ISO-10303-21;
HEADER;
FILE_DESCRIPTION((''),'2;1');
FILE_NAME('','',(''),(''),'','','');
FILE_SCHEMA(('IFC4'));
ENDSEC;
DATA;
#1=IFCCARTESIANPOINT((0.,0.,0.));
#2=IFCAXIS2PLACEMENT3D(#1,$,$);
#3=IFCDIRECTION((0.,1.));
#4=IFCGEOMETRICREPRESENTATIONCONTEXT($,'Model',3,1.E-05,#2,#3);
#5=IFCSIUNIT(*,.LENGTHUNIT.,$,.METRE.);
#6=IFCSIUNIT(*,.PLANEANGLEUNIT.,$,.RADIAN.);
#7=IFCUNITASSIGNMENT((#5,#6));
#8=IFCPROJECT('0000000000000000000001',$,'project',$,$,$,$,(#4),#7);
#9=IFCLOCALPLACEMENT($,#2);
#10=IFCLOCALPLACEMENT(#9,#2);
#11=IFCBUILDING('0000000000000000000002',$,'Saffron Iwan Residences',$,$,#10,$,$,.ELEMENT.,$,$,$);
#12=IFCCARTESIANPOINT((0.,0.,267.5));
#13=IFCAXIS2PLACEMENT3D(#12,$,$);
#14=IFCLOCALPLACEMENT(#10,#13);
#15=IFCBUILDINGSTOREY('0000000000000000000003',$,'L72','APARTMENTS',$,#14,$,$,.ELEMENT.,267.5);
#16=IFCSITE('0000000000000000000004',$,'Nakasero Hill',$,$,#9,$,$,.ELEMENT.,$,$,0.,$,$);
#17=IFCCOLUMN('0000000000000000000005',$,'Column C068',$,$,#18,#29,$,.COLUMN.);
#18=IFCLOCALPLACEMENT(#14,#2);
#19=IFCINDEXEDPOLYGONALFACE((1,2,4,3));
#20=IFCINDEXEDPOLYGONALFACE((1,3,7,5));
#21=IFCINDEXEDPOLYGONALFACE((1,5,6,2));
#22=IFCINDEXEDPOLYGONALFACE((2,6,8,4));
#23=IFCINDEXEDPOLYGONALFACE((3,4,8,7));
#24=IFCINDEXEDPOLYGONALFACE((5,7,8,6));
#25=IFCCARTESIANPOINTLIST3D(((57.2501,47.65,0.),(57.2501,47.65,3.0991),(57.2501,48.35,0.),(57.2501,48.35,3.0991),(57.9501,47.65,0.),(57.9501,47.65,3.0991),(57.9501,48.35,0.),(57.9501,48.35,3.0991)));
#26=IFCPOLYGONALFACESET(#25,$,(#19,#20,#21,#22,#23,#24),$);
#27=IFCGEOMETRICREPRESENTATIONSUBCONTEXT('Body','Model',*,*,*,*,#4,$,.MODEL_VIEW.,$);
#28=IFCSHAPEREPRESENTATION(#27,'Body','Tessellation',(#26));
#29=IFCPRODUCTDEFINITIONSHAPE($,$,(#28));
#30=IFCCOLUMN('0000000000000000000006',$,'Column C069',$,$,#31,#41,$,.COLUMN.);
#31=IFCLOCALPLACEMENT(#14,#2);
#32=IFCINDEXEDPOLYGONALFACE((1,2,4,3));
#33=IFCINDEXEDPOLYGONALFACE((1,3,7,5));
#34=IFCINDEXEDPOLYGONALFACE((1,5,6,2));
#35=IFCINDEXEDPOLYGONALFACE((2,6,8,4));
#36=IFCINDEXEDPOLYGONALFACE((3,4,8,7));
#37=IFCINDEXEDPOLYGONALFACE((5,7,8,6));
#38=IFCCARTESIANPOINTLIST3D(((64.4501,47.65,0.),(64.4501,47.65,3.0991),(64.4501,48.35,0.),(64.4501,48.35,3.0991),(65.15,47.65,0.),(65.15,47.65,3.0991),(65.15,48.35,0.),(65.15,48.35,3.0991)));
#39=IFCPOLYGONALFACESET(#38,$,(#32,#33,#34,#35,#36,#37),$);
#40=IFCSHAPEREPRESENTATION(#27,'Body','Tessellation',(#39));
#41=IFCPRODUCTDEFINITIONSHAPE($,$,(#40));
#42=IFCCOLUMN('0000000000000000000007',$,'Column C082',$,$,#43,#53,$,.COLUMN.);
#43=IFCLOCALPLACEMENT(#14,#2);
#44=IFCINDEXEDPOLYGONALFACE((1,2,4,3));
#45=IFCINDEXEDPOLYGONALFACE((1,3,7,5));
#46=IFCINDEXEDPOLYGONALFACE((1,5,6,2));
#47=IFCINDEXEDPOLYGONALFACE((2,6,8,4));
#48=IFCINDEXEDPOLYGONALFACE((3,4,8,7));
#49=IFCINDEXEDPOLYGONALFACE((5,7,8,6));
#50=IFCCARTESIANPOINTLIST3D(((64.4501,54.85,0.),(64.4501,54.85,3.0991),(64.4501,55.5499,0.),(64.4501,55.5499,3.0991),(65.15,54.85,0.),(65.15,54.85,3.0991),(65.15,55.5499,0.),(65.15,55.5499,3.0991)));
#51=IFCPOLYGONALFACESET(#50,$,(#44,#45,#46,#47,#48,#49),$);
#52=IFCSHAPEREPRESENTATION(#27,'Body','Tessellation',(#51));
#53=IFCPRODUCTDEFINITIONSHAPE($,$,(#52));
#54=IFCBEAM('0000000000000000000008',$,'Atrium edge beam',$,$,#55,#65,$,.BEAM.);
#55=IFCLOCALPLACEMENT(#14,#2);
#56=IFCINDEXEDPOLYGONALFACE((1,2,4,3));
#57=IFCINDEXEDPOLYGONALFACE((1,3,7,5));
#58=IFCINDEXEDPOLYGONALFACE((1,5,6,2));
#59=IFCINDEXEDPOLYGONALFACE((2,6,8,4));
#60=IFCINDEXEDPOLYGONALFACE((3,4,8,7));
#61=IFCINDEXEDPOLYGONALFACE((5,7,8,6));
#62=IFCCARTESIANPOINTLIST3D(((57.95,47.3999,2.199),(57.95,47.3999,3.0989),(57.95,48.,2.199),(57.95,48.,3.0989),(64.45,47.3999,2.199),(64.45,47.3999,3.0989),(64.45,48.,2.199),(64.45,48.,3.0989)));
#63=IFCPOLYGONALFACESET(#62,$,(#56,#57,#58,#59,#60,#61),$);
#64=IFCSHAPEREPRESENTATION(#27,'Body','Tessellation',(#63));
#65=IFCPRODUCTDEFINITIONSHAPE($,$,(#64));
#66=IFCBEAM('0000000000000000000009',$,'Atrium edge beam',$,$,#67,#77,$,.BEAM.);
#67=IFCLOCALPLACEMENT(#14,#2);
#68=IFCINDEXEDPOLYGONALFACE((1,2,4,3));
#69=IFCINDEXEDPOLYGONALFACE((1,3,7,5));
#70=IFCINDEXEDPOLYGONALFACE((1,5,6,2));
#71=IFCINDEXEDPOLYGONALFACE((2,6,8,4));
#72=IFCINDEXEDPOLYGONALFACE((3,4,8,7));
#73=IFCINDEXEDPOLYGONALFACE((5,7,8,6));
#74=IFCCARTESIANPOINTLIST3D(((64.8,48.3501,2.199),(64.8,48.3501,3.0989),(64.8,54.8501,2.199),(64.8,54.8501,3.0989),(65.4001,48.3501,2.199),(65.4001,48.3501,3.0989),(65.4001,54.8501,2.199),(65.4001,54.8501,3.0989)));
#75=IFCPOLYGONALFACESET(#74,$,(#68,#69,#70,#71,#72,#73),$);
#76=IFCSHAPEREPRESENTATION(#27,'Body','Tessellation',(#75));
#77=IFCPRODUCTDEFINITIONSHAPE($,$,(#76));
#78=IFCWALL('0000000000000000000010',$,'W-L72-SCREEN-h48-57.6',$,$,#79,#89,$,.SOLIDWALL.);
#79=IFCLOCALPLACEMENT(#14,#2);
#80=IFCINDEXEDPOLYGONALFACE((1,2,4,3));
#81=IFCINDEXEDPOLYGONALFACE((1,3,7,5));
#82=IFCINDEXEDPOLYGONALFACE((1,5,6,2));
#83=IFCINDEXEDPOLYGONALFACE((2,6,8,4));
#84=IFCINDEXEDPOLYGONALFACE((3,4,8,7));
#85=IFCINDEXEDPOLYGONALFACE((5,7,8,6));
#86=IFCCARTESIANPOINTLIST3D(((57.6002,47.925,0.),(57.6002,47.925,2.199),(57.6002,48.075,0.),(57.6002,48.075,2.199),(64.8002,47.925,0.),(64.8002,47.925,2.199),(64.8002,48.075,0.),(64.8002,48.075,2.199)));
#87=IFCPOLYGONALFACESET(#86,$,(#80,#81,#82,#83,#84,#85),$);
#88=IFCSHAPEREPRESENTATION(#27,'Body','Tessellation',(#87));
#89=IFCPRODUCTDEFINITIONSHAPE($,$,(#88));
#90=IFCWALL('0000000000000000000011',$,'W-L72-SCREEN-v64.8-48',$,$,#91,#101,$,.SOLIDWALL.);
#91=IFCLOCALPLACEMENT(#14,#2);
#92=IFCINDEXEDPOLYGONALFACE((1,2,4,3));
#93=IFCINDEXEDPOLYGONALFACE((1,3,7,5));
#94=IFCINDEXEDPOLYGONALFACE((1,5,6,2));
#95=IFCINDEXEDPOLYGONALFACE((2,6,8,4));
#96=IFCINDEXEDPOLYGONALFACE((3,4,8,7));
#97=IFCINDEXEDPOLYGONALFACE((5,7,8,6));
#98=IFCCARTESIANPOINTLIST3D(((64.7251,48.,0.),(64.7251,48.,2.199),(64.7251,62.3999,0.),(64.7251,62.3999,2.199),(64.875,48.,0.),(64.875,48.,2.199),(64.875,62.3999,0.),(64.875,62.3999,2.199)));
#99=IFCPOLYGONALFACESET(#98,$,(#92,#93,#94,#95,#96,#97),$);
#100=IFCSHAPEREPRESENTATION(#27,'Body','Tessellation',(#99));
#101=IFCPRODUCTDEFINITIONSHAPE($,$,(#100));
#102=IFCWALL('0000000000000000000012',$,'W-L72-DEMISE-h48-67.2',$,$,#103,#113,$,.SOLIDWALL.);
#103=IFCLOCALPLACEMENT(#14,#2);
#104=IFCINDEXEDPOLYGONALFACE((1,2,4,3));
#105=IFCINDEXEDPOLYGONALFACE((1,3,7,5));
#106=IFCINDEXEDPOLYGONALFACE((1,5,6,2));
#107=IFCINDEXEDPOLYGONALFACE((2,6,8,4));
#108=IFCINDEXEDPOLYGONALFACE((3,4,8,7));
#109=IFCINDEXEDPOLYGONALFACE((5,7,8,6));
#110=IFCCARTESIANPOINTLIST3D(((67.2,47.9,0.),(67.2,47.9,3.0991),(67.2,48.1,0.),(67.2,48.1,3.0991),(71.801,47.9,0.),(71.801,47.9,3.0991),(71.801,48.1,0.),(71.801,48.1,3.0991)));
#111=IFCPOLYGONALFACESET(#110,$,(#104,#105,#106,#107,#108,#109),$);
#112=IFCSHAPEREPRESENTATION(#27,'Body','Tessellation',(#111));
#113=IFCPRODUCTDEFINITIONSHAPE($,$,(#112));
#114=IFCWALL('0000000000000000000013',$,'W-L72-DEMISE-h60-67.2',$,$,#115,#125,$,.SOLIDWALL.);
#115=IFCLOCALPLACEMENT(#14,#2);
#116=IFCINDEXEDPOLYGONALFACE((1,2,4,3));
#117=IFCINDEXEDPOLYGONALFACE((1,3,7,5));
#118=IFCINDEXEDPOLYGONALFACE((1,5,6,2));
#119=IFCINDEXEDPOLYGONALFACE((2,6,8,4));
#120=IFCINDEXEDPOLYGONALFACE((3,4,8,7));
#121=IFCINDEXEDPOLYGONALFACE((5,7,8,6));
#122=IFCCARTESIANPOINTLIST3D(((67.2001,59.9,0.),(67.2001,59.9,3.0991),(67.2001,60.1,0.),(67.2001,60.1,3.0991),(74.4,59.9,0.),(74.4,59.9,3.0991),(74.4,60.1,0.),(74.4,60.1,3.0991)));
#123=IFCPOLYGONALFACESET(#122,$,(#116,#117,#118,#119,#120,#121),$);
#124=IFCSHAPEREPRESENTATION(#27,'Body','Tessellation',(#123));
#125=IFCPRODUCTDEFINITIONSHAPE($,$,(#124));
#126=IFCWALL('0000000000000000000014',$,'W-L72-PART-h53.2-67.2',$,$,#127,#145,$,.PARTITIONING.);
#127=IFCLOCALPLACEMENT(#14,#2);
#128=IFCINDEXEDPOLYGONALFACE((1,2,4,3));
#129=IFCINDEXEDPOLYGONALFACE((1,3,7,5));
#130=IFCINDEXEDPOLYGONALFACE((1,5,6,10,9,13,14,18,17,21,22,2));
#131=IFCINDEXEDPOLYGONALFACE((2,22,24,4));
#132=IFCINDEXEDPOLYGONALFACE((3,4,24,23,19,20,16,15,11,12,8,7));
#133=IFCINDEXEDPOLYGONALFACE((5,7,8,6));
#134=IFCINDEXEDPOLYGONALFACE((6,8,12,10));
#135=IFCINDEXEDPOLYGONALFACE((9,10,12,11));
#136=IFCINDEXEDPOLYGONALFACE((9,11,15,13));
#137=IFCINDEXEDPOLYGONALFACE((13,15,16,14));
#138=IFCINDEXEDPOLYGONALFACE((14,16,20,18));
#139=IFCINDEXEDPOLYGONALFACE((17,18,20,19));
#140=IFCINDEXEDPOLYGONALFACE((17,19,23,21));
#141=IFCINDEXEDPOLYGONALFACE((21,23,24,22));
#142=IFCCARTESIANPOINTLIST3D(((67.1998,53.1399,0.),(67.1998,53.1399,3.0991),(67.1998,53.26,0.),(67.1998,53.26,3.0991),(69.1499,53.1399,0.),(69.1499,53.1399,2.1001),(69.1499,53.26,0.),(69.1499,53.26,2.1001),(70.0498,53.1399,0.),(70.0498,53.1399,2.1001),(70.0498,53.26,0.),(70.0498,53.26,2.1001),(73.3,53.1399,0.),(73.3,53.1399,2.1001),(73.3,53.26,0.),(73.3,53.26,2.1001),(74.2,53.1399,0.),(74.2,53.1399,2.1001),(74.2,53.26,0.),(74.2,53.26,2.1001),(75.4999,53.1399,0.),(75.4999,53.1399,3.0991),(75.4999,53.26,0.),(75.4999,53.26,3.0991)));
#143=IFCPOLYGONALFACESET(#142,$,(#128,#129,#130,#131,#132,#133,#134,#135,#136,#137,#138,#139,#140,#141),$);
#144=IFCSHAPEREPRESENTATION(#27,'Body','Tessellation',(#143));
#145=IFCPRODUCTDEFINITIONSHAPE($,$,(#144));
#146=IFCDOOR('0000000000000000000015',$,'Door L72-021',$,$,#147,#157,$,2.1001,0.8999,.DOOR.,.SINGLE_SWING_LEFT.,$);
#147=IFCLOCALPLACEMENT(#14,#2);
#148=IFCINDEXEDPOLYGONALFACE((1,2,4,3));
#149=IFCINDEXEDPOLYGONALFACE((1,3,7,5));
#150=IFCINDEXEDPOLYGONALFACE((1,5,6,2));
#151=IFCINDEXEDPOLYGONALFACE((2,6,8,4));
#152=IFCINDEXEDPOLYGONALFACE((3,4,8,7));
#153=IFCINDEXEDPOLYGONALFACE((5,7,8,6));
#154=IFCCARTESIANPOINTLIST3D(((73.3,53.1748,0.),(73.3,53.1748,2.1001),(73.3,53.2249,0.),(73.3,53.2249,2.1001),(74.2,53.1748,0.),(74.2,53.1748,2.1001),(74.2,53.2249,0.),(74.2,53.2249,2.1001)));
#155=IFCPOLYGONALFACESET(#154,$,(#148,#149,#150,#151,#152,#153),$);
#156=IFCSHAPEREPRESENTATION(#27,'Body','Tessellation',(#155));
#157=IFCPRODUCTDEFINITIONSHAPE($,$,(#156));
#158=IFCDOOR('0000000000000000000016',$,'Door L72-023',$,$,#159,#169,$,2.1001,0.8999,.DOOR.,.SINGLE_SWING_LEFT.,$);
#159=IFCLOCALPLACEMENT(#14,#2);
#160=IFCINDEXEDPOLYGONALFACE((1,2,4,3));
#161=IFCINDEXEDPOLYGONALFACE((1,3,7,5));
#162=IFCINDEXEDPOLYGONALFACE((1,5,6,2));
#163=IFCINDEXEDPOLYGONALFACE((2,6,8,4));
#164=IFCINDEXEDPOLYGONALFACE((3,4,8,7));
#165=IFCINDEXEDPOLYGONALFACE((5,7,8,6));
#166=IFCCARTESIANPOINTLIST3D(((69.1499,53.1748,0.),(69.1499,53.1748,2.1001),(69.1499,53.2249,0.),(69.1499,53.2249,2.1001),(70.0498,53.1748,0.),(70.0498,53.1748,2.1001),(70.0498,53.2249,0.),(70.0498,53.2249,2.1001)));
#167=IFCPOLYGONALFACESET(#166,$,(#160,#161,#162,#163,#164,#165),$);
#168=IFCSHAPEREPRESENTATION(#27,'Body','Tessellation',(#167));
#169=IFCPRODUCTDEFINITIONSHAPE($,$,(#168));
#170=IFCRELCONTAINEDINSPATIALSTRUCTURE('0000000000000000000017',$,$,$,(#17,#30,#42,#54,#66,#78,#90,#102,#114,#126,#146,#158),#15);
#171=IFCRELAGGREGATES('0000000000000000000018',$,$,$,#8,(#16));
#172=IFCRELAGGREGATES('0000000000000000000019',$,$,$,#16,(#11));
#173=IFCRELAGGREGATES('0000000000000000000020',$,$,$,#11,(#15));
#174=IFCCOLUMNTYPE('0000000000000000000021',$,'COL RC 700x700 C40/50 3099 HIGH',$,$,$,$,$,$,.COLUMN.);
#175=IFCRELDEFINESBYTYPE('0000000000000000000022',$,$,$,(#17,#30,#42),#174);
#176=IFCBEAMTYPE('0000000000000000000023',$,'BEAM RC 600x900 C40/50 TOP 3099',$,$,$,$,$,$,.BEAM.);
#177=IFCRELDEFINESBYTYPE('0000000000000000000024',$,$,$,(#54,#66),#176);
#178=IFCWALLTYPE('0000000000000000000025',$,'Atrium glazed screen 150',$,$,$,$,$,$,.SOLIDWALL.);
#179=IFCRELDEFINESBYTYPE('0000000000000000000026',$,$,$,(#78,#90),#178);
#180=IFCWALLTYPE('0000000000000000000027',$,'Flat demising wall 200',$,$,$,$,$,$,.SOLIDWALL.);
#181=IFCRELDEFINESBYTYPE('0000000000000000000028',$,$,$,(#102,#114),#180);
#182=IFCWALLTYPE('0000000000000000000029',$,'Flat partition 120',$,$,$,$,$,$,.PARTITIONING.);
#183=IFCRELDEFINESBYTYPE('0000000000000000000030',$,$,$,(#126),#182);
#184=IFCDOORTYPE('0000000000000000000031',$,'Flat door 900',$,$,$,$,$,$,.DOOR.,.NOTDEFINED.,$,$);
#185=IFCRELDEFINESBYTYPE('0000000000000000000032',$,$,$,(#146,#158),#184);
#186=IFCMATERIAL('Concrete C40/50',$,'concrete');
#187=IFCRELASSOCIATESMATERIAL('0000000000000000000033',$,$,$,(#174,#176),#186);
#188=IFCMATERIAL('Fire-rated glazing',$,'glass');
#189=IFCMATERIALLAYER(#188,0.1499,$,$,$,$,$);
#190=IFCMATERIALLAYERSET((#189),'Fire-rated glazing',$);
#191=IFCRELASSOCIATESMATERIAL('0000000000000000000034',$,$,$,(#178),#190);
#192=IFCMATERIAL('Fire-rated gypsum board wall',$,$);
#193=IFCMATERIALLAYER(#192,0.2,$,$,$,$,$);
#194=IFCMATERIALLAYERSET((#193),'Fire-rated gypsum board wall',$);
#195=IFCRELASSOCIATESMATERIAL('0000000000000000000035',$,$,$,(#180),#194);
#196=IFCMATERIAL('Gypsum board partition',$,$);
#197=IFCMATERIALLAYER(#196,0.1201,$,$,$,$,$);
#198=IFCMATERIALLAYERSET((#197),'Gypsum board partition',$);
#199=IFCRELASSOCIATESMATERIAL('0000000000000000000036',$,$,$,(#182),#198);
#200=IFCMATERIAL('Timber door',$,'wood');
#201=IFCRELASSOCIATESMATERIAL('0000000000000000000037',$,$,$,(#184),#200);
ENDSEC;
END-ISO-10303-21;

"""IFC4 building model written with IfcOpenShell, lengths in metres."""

from ifc_helpers import new_model, si_unit, direction, frame, frame_2d, origin, origin_2d, place, context, subcontext, project, spatial, rectangle, extrude, source, transform, mapped, material, layer, layer_set, material_profile, profile_set, type_object, element, fill, save


model = new_model("IFC4")

# Units and contexts
model_context = context("Model", 3, precision=1e-05, world=origin(), true_north=direction((0.0, 1.0)))
body_context = subcontext(model_context, "Body", "Model", "MODEL_VIEW")
ifc_project = project(units=[si_unit("LENGTHUNIT", "METRE"), si_unit("PLANEANGLEUNIT", "RADIAN")], contexts=[model_context])

# Site, building, storey
site_placement = place(None, origin())
site = spatial("IfcSite", under=ifc_project, at=site_placement, Name="Nakasero Hill", CompositionType="ELEMENT", RefElevation=0.0)
building_placement = place(site_placement, origin())
building = spatial("IfcBuilding", under=site, at=building_placement, Name="Saffron Iwan Residences", CompositionType="ELEMENT")
storey_placement = place(building_placement, frame((0.0, 0.0, 267.5)))
storey = spatial("IfcBuildingStorey", under=building, at=storey_placement, Name="L72", Description="APARTMENTS", CompositionType="ELEMENT", Elevation=267.5)

# Columns
ifc_material_1 = material(Name="Concrete C40/50", Category="concrete")
ifc_material_profile_1 = material_profile(ifc_material_1, rectangle(XDim=0.7, YDim=0.7, at=origin_2d()), Name="RC 700x700")
ifc_profile_set_1 = profile_set([ifc_material_profile_1], Name="Concrete C40/50")
column_type = type_object("IfcColumnType", Name="COL RC 700x700 C40/50 3099 HIGH", PredefinedType="COLUMN", material=ifc_profile_set_1)
shared_shape_1 = source(origin(), body_context, "Body", "SweptSolid", [
    extrude(rectangle(XDim=0.7, YDim=0.7, at=origin_2d()), origin(), (0.0, 0.0, 1.0), 3.0991),
])
for number, where, z_axis, x_axis, name in (
    (1, (57.6001, 48.0, 0.0), (0.0, 0.0, 1.0), (1.0, 0.0, 0.0), "Column C068"),
    (2, (64.8, 48.0, 0.0), (0.0, 0.0, 1.0), (1.0, 0.0, 0.0), "Column C069"),
    (3, (64.8, 55.2, 0.0), (0.0, 0.0, 1.0), (1.0, 0.0, 0.0), "Column C082"),
):
    element("IfcColumn", number, at=place(storey_placement, frame(where, z_axis=z_axis, x_axis=x_axis)), inside=storey, type_object=column_type, Name=name, PredefinedType="COLUMN", context=body_context, shape_type="MappedRepresentation", body=[
        mapped(shared_shape_1, transform((0.0, 0.0, 0.0))),
    ])

# Beams
ifc_material_profile_2 = material_profile(ifc_material_1, rectangle(XDim=0.6001, YDim=0.8999, at=origin_2d()), Name="RC 600x900")
ifc_profile_set_2 = profile_set([ifc_material_profile_2], Name="Concrete C40/50")
beam_type = type_object("IfcBeamType", Name="BEAM RC 600x900 C40/50 TOP 3099", PredefinedType="BEAM", material=ifc_profile_set_2)
shared_shape_2 = source(origin(), body_context, "Body", "SweptSolid", [
    extrude(rectangle(XDim=0.6001, YDim=0.8999, at=origin_2d()), origin(), (0.0, 0.0, 1.0), 6.5),
])
for number, where, z_axis, x_axis, name in (
    (4, (64.45, 47.7, 2.6489), (-1.0, 0.0, 0.0), (0.0, -1.0, 0.0), "Atrium edge beam"),
    (5, (65.1001, 54.8501, 2.6489), (0.0, -1.0, 0.0), (1.0, 0.0, 0.0), "Atrium edge beam"),
):
    element("IfcBeam", number, at=place(storey_placement, frame(where, z_axis=z_axis, x_axis=x_axis)), inside=storey, type_object=beam_type, Name=name, PredefinedType="BEAM", context=body_context, shape_type="MappedRepresentation", body=[
        mapped(shared_shape_2, transform((0.0, 0.0, 0.0))),
    ])

# Walls
ifc_material_2 = material(Name="Fire-rated glazing", Category="glass")
ifc_layer_1 = layer(ifc_material_2, 0.1499)
ifc_layer_set_1 = layer_set([ifc_layer_1], Name="Fire-rated glazing")
wall_type_1 = type_object("IfcWallType", Name="Atrium glazed screen 150", PredefinedType="SOLIDWALL", material=ifc_layer_set_1)
wall_1_placement = place(storey_placement, frame((57.6001, 48.0, 0.0), z_axis=(0.0, 0.0, 1.0), x_axis=(1.0, 0.0, 0.0)))
element("IfcWall", 6, at=wall_1_placement, inside=storey, type_object=wall_type_1, Name="W-L72-SCREEN-h48-57.6", PredefinedType="SOLIDWALL", context=body_context, shape_type="SweptSolid", body=[
    extrude(rectangle(XDim=7.2, YDim=0.1499, at=frame_2d((3.6001, 0.0))), origin(), (0.0, 0.0, 1.0), 2.199),
])
wall_2_placement = place(storey_placement, frame((64.8, 48.0, 0.0), z_axis=(0.0, 0.0, 1.0), x_axis=(0.0, 1.0, 0.0)))
element("IfcWall", 7, at=wall_2_placement, inside=storey, type_object=wall_type_1, Name="W-L72-SCREEN-v64.8-48", PredefinedType="SOLIDWALL", context=body_context, shape_type="SweptSolid", body=[
    extrude(rectangle(XDim=14.3999, YDim=0.1499, at=frame_2d((7.2, 0.0))), origin(), (0.0, 0.0, 1.0), 2.199),
])
ifc_material_3 = material(Name="Fire-rated gypsum board wall")
ifc_layer_2 = layer(ifc_material_3, 0.2)
ifc_layer_set_2 = layer_set([ifc_layer_2], Name="Fire-rated gypsum board wall")
wall_type_2 = type_object("IfcWallType", Name="Flat demising wall 200", PredefinedType="SOLIDWALL", material=ifc_layer_set_2)
wall_3_placement = place(storey_placement, frame((67.2, 48.0, 0.0), z_axis=(0.0, 0.0, 1.0), x_axis=(1.0, 0.0, 0.0)))
element("IfcWall", 8, at=wall_3_placement, inside=storey, type_object=wall_type_2, Name="W-L72-DEMISE-h48-67.2", PredefinedType="SOLIDWALL", context=body_context, shape_type="SweptSolid", body=[
    extrude(rectangle(XDim=4.6011, YDim=0.2, at=frame_2d((2.3005, 0.0))), origin(), (0.0, 0.0, 1.0), 3.0991),
])
wall_4_placement = place(storey_placement, frame((67.2, 60.0, 0.0), z_axis=(0.0, 0.0, 1.0), x_axis=(1.0, 0.0, 0.0)))
element("IfcWall", 9, at=wall_4_placement, inside=storey, type_object=wall_type_2, Name="W-L72-DEMISE-h60-67.2", PredefinedType="SOLIDWALL", context=body_context, shape_type="SweptSolid", body=[
    extrude(rectangle(XDim=7.2, YDim=0.2, at=frame_2d((3.6001, 0.0))), origin(), (0.0, 0.0, 1.0), 3.0991),
])

# Wall, openings, doors
ifc_material_4 = material(Name="Gypsum board partition")
ifc_layer_3 = layer(ifc_material_4, 0.1201)
ifc_layer_set_3 = layer_set([ifc_layer_3], Name="Gypsum board partition")
wall_type_3 = type_object("IfcWallType", Name="Flat partition 120", PredefinedType="PARTITIONING", material=ifc_layer_set_3)
wall_5_placement = place(storey_placement, frame((67.2, 53.2, 0.0), z_axis=(0.0, 0.0, 1.0), x_axis=(1.0, 0.0, 0.0)))
wall_5 = element("IfcWall", 10, at=wall_5_placement, inside=storey, type_object=wall_type_3, Name="W-L72-PART-h53.2-67.2", PredefinedType="PARTITIONING", context=body_context, shape_type="SweptSolid", body=[
    extrude(rectangle(XDim=8.3, YDim=0.1201, at=frame_2d((4.1499, 0.0))), origin(), (0.0, 0.0, 1.0), 3.0991),
])
opening_1_placement = place(wall_5_placement, frame((6.1001, 0.0, 0.0)))
opening_1 = element("IfcOpeningElement", 11, at=opening_1_placement, cuts=wall_5, PredefinedType="OPENING", context=body_context, shape_type="SweptSolid", body=[
    extrude(rectangle(XDim=0.8999, YDim=2.1001, at=frame_2d((0.45, 1.05))), frame((0.0, 0.0701, 0.0), z_axis=(0.0, -1.0, 0.0), x_axis=(1.0, 0.0, 0.0)), (0.0, 0.0, 1.0), 0.1401),
])
opening_2_placement = place(wall_5_placement, frame((1.95, 0.0, 0.0)))
opening_2 = element("IfcOpeningElement", 12, at=opening_2_placement, cuts=wall_5, PredefinedType="OPENING", context=body_context, shape_type="SweptSolid", body=[
    extrude(rectangle(XDim=0.8999, YDim=2.1001, at=frame_2d((0.45, 1.05))), frame((0.0, 0.0701, 0.0), z_axis=(0.0, -1.0, 0.0), x_axis=(1.0, 0.0, 0.0)), (0.0, 0.0, 1.0), 0.1401),
])
ifc_material_5 = material(Name="Timber door", Category="wood")
door_type = type_object("IfcDoorType", Name="Flat door 900", OperationType="NOTDEFINED", PredefinedType="DOOR", material=ifc_material_5)
door_1_placement = place(opening_1_placement, origin())
door_1 = element("IfcDoor", 13, at=door_1_placement, inside=storey, type_object=door_type, Name="Door L72-021", OperationType="SINGLE_SWING_LEFT", OverallHeight=2.1001, OverallWidth=0.8999, PredefinedType="DOOR", context=body_context, shape_type="SweptSolid", body=[
    extrude(rectangle(XDim=0.8999, YDim=2.1001, at=frame_2d((0.45, 1.05))), frame((0.0, 0.0249, 0.0), z_axis=(0.0, -1.0, 0.0), x_axis=(1.0, 0.0, 0.0)), (0.0, 0.0, 1.0), 0.05),
])
fill(opening_1, door_1)
door_2_placement = place(opening_2_placement, origin())
door_2 = element("IfcDoor", 14, at=door_2_placement, inside=storey, type_object=door_type, Name="Door L72-023", OperationType="SINGLE_SWING_LEFT", OverallHeight=2.1001, OverallWidth=0.8999, PredefinedType="DOOR", context=body_context, shape_type="SweptSolid", body=[
    extrude(rectangle(XDim=0.8999, YDim=2.1001, at=frame_2d((0.45, 1.05))), frame((0.0, 0.0249, 0.0), z_axis=(0.0, -1.0, 0.0), x_axis=(1.0, 0.0, 0.0)), (0.0, 0.0, 1.0), 0.05),
])
fill(opening_2, door_2)

save(model, "model.ifc")
